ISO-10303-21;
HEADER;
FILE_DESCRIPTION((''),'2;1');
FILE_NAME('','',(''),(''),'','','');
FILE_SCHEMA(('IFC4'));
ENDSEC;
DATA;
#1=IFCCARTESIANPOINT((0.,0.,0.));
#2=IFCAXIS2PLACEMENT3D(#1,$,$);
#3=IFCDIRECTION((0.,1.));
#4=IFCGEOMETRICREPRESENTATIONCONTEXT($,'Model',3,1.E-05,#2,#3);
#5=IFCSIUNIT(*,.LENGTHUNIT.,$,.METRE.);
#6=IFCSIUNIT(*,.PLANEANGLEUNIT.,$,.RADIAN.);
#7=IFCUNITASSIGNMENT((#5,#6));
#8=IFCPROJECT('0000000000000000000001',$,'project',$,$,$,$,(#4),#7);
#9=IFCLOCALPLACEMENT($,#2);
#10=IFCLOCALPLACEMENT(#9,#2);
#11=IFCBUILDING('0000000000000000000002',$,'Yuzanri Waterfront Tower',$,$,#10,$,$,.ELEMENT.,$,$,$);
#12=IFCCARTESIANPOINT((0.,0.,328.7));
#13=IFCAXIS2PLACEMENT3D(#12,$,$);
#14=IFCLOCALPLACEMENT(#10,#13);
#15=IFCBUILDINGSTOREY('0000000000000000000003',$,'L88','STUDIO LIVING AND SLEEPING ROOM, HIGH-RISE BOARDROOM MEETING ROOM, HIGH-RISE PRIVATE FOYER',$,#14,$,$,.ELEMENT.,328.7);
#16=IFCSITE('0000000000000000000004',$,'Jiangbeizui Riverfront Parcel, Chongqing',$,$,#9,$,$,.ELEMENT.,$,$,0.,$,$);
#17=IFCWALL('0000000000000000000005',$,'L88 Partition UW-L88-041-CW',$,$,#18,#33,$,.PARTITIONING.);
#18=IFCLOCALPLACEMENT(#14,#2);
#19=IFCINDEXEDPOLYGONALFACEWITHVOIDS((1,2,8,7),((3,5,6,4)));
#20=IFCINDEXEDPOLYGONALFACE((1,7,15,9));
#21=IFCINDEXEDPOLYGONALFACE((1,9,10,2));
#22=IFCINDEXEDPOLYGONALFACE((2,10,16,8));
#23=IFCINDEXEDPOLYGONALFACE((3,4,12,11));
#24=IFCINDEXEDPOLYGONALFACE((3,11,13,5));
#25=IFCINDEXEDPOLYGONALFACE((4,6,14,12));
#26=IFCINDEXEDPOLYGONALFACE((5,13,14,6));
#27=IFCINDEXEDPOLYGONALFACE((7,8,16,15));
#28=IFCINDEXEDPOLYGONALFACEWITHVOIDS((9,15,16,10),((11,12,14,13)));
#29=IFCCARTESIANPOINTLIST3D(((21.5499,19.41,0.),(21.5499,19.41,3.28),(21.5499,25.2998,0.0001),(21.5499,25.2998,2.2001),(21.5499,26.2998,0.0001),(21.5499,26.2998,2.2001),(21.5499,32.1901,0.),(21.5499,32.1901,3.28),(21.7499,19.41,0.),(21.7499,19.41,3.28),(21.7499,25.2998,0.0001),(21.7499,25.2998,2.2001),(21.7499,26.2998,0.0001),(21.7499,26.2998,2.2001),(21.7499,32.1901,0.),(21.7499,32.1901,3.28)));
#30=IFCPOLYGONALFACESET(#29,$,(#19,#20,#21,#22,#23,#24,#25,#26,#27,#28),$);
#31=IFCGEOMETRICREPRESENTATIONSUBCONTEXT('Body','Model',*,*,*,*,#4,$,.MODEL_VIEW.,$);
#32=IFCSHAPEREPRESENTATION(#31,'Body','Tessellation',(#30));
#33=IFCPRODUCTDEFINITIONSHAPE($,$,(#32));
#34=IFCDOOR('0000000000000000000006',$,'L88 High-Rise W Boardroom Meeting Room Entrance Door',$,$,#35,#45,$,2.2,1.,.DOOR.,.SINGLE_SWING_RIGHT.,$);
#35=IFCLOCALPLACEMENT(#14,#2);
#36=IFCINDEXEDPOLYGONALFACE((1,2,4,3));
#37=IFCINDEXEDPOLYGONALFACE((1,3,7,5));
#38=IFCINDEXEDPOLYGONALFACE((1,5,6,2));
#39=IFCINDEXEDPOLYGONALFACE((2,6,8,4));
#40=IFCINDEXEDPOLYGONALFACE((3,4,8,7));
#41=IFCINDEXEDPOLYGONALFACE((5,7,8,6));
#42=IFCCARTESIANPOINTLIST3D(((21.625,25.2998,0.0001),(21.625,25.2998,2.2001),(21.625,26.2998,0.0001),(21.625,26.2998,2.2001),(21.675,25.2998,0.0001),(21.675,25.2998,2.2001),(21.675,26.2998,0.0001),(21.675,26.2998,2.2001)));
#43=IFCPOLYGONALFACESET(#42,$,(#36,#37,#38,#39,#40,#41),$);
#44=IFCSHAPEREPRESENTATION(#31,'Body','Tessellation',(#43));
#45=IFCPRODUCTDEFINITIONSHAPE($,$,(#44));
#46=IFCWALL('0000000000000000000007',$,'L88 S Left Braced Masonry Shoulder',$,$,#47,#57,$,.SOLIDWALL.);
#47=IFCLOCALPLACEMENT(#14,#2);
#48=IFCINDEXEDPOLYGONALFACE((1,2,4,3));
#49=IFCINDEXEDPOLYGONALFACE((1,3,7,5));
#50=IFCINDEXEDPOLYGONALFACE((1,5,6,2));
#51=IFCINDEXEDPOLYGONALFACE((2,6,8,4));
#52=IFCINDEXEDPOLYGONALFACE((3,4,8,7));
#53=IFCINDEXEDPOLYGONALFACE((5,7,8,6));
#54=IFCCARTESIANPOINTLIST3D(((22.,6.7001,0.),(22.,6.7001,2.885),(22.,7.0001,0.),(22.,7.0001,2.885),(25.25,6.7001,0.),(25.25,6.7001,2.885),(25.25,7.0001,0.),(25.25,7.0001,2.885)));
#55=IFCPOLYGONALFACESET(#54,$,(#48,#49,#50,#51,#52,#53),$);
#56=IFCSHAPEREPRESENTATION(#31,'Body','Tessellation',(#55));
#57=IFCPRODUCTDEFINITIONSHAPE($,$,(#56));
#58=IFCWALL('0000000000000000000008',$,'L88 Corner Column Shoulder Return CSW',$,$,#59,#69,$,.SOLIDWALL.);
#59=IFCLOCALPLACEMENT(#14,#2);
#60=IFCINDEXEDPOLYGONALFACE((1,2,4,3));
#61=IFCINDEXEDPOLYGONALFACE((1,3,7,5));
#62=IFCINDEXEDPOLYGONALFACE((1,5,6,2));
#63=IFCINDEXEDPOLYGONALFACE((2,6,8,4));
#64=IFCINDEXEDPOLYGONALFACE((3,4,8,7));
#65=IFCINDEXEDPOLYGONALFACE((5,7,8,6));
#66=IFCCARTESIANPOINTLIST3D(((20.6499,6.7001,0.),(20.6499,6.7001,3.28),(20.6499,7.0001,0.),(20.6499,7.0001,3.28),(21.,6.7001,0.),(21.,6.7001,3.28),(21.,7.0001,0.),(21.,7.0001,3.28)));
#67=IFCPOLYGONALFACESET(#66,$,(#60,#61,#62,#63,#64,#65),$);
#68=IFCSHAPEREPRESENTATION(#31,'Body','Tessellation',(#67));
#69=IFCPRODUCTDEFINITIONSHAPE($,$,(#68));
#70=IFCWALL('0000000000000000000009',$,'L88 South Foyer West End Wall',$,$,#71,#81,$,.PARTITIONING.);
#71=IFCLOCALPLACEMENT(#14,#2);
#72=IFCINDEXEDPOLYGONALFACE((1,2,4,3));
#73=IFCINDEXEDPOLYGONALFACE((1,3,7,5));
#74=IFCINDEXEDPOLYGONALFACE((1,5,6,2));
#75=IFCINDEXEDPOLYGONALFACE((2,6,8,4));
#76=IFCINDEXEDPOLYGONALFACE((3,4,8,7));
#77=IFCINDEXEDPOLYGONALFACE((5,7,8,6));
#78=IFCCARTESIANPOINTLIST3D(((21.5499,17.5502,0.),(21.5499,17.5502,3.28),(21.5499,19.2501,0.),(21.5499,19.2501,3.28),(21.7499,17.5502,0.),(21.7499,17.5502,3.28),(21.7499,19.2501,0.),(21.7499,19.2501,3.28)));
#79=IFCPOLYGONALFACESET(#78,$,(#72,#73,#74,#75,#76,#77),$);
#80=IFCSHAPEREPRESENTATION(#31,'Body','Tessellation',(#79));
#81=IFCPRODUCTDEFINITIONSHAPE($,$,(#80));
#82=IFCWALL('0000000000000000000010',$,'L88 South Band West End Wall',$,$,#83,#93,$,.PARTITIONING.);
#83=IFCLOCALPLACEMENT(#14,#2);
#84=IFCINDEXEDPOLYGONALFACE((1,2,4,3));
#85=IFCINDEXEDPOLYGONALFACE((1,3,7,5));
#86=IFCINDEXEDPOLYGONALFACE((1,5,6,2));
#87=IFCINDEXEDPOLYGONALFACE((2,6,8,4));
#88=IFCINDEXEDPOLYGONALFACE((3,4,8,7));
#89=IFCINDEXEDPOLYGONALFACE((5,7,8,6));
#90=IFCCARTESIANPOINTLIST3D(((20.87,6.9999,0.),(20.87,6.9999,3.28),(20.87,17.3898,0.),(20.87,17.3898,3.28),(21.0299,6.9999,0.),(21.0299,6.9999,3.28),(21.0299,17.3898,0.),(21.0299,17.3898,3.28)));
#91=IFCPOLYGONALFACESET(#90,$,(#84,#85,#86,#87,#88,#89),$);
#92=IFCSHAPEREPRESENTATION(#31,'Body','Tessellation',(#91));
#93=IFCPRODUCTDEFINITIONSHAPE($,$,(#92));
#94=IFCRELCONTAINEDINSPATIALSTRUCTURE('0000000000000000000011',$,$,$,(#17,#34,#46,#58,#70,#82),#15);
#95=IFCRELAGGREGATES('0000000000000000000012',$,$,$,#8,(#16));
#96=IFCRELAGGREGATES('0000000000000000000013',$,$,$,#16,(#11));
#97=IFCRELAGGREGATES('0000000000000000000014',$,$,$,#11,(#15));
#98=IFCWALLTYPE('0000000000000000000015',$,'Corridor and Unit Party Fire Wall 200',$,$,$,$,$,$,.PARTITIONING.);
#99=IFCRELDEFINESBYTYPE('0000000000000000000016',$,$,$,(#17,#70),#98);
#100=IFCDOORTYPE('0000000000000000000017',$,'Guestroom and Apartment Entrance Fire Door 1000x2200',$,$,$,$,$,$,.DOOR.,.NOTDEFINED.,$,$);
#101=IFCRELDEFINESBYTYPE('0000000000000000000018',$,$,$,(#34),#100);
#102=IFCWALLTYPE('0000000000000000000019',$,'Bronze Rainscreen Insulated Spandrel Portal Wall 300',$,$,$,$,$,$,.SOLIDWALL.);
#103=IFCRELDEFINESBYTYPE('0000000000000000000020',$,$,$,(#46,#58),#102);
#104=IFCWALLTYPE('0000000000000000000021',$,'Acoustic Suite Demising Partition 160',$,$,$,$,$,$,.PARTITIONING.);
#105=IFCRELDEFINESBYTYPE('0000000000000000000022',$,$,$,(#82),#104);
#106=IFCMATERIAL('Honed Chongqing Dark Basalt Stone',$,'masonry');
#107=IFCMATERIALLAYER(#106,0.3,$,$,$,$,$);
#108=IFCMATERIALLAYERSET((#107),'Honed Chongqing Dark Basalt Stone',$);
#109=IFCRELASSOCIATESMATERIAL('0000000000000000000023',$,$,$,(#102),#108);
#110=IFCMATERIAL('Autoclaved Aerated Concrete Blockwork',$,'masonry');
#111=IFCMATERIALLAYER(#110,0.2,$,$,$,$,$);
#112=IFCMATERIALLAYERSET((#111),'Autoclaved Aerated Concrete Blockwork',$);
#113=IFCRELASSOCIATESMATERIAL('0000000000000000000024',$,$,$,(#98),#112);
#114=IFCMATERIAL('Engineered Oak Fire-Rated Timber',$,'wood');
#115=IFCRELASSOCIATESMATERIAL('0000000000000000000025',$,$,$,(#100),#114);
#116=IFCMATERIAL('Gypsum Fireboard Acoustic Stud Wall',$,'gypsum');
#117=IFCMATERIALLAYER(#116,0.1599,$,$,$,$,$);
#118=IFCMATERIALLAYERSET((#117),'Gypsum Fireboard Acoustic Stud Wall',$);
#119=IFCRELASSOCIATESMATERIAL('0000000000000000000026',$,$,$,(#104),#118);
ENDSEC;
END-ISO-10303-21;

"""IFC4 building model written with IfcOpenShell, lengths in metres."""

from ifc_helpers import new_model, si_unit, direction, frame, frame_2d, origin, place, context, subcontext, project, spatial, rectangle, extrude, source, transform, mapped, material, layer, layer_set, type_object, element, fill, save


model = new_model("IFC4")

# Units and contexts
model_context = context("Model", 3, precision=1e-05, world=origin(), true_north=direction((0.0, 1.0)))
body_context = subcontext(model_context, "Body", "Model", "MODEL_VIEW")
ifc_project = project(units=[si_unit("LENGTHUNIT", "METRE"), si_unit("PLANEANGLEUNIT", "RADIAN")], contexts=[model_context])

# Site, building, storey
site_placement = place(None, origin())
site = spatial("IfcSite", under=ifc_project, at=site_placement, Name="Jiangbeizui Riverfront Parcel, Chongqing", CompositionType="ELEMENT", RefElevation=0.0)
building_placement = place(site_placement, origin())
building = spatial("IfcBuilding", under=site, at=building_placement, Name="Yuzanri Waterfront Tower", CompositionType="ELEMENT")
storey_placement = place(building_placement, frame((0.0, 0.0, 328.7)))
storey = spatial("IfcBuildingStorey", under=building, at=storey_placement, Name="L88", Description="STUDIO LIVING AND SLEEPING ROOM, HIGH-RISE BOARDROOM MEETING ROOM, HIGH-RISE PRIVATE FOYER", CompositionType="ELEMENT", Elevation=328.7)

# Shared definitions
ifc_material_1 = material(Name="Honed Chongqing Dark Basalt Stone", Category="masonry")
ifc_layer_1 = layer(ifc_material_1, 0.3)
ifc_layer_set_1 = layer_set([ifc_layer_1], Name="Honed Chongqing Dark Basalt Stone")
wall_type_1 = type_object("IfcWallType", Name="Bronze Rainscreen Insulated Spandrel Portal Wall 300", PredefinedType="SOLIDWALL", material=ifc_layer_set_1)

# Wall, opening, door
ifc_material_2 = material(Name="Autoclaved Aerated Concrete Blockwork", Category="masonry")
ifc_layer_2 = layer(ifc_material_2, 0.2)
ifc_layer_set_2 = layer_set([ifc_layer_2], Name="Autoclaved Aerated Concrete Blockwork")
wall_type_2 = type_object("IfcWallType", Name="Corridor and Unit Party Fire Wall 200", PredefinedType="PARTITIONING", material=ifc_layer_set_2)
ifc_material_3 = material(Name="Engineered Oak Fire-Rated Timber", Category="wood")
door_type_1 = type_object("IfcDoorType", Name="Guestroom and Apartment Entrance Fire Door 1000x2200", OperationType="NOTDEFINED", PredefinedType="DOOR", material=ifc_material_3)
shared_shape_1 = source(origin(), body_context, "Body", "SweptSolid", [
    extrude(rectangle(XDim=1.0, YDim=2.2, at=frame_2d((0.5, 1.1001))), frame((0.0, 0.0249, 0.0), z_axis=(0.0, -1.0, 0.0), x_axis=(1.0, 0.0, 0.0)), (0.0, 0.0, 1.0), 0.05),
])
wall_1_placement = place(storey_placement, frame((21.6499, 19.4099, 0.0), z_axis=(0.0, 0.0, 1.0), x_axis=(0.0, 1.0, 0.0)))
wall_1 = element("IfcWall", 1, at=wall_1_placement, inside=storey, type_object=wall_type_2, Name="L88 Partition UW-L88-041-CW", PredefinedType="PARTITIONING", context=body_context, shape_type="SweptSolid", body=[
    extrude(rectangle(XDim=12.78, YDim=0.2, at=frame_2d((6.3901, 0.0))), origin(), (0.0, 0.0, 1.0), 3.28),
])
opening_1_placement = place(wall_1_placement, frame((5.8899, 0.0, 0.0)))
opening_1 = element("IfcOpeningElement", 2, at=opening_1_placement, cuts=wall_1, PredefinedType="OPENING", context=body_context, shape_type="SweptSolid", body=[
    extrude(rectangle(XDim=1.0, YDim=2.2, at=frame_2d((0.5, 1.1001))), frame((0.0, 0.1147, 0.0), z_axis=(0.0, -1.0, 0.0), x_axis=(1.0, 0.0, 0.0)), (0.0, 0.0, 1.0), 0.2297),
])
door_1_placement = place(opening_1_placement, origin())
door_1 = element("IfcDoor", 3, at=door_1_placement, inside=storey, type_object=door_type_1, Name="L88 High-Rise W Boardroom Meeting Room Entrance Door", OperationType="SINGLE_SWING_RIGHT", OverallHeight=2.2, OverallWidth=1.0, PredefinedType="DOOR", context=body_context, shape_type="MappedRepresentation", body=[
    mapped(shared_shape_1, transform((0.0, 0.0, 0.0), scale=1.0)),
])
fill(opening_1, door_1)

# Walls
shared_shape_2 = source(origin(), body_context, "Body", "SweptSolid", [
    extrude(rectangle(XDim=3.25, YDim=0.3, at=frame_2d((1.625, 0.0))), origin(), (0.0, 0.0, 1.0), 2.885),
])
wall_2_placement = place(storey_placement, frame((22.0, 6.8501, 0.0), z_axis=(0.0, 0.0, 1.0), x_axis=(1.0, 0.0, 0.0)))
element("IfcWall", 4, at=wall_2_placement, inside=storey, type_object=wall_type_1, Name="L88 S Left Braced Masonry Shoulder", PredefinedType="SOLIDWALL", context=body_context, shape_type="MappedRepresentation", body=[
    mapped(shared_shape_2, transform((0.0, 0.0, 0.0), scale=1.0)),
])
shared_shape_3 = source(origin(), body_context, "Body", "SweptSolid", [
    extrude(rectangle(XDim=0.3501, YDim=0.3, at=frame_2d((0.175, 0.0))), origin(), (0.0, 0.0, 1.0), 3.28),
])
wall_3_placement = place(storey_placement, frame((20.6499, 6.8501, 0.0), z_axis=(0.0, 0.0, 1.0), x_axis=(1.0, 0.0, 0.0)))
element("IfcWall", 5, at=wall_3_placement, inside=storey, type_object=wall_type_1, Name="L88 Corner Column Shoulder Return CSW", PredefinedType="SOLIDWALL", context=body_context, shape_type="MappedRepresentation", body=[
    mapped(shared_shape_3, transform((0.0, 0.0, 0.0), scale=1.0)),
])
shared_shape_4 = source(origin(), body_context, "Body", "SweptSolid", [
    extrude(rectangle(XDim=1.7, YDim=0.2, at=frame_2d((0.8501, 0.0))), origin(), (0.0, 0.0, 1.0), 3.28),
])
wall_4_placement = place(storey_placement, frame((21.6499, 17.55, 0.0), z_axis=(0.0, 0.0, 1.0), x_axis=(0.0, 1.0, 0.0)))
element("IfcWall", 6, at=wall_4_placement, inside=storey, type_object=wall_type_2, Name="L88 South Foyer West End Wall", PredefinedType="PARTITIONING", context=body_context, shape_type="MappedRepresentation", body=[
    mapped(shared_shape_4, transform((0.0, 0.0, 0.0), scale=1.0)),
])
ifc_material_4 = material(Name="Gypsum Fireboard Acoustic Stud Wall", Category="gypsum")
ifc_layer_3 = layer(ifc_material_4, 0.1599)
ifc_layer_set_3 = layer_set([ifc_layer_3], Name="Gypsum Fireboard Acoustic Stud Wall")
wall_type_3 = type_object("IfcWallType", Name="Acoustic Suite Demising Partition 160", PredefinedType="PARTITIONING", material=ifc_layer_set_3)
shared_shape_5 = source(origin(), body_context, "Body", "SweptSolid", [
    extrude(rectangle(XDim=10.3899, YDim=0.1599, at=frame_2d((5.1948, 0.0))), origin(), (0.0, 0.0, 1.0), 3.28),
])
wall_5_placement = place(storey_placement, frame((20.95, 7.0, 0.0), z_axis=(0.0, 0.0, 1.0), x_axis=(0.0, 1.0, 0.0)))
element("IfcWall", 7, at=wall_5_placement, inside=storey, type_object=wall_type_3, Name="L88 South Band West End Wall", PredefinedType="PARTITIONING", context=body_context, shape_type="MappedRepresentation", body=[
    mapped(shared_shape_5, transform((0.0, 0.0, 0.0), scale=1.0)),
])

save(model, "model.ifc")
